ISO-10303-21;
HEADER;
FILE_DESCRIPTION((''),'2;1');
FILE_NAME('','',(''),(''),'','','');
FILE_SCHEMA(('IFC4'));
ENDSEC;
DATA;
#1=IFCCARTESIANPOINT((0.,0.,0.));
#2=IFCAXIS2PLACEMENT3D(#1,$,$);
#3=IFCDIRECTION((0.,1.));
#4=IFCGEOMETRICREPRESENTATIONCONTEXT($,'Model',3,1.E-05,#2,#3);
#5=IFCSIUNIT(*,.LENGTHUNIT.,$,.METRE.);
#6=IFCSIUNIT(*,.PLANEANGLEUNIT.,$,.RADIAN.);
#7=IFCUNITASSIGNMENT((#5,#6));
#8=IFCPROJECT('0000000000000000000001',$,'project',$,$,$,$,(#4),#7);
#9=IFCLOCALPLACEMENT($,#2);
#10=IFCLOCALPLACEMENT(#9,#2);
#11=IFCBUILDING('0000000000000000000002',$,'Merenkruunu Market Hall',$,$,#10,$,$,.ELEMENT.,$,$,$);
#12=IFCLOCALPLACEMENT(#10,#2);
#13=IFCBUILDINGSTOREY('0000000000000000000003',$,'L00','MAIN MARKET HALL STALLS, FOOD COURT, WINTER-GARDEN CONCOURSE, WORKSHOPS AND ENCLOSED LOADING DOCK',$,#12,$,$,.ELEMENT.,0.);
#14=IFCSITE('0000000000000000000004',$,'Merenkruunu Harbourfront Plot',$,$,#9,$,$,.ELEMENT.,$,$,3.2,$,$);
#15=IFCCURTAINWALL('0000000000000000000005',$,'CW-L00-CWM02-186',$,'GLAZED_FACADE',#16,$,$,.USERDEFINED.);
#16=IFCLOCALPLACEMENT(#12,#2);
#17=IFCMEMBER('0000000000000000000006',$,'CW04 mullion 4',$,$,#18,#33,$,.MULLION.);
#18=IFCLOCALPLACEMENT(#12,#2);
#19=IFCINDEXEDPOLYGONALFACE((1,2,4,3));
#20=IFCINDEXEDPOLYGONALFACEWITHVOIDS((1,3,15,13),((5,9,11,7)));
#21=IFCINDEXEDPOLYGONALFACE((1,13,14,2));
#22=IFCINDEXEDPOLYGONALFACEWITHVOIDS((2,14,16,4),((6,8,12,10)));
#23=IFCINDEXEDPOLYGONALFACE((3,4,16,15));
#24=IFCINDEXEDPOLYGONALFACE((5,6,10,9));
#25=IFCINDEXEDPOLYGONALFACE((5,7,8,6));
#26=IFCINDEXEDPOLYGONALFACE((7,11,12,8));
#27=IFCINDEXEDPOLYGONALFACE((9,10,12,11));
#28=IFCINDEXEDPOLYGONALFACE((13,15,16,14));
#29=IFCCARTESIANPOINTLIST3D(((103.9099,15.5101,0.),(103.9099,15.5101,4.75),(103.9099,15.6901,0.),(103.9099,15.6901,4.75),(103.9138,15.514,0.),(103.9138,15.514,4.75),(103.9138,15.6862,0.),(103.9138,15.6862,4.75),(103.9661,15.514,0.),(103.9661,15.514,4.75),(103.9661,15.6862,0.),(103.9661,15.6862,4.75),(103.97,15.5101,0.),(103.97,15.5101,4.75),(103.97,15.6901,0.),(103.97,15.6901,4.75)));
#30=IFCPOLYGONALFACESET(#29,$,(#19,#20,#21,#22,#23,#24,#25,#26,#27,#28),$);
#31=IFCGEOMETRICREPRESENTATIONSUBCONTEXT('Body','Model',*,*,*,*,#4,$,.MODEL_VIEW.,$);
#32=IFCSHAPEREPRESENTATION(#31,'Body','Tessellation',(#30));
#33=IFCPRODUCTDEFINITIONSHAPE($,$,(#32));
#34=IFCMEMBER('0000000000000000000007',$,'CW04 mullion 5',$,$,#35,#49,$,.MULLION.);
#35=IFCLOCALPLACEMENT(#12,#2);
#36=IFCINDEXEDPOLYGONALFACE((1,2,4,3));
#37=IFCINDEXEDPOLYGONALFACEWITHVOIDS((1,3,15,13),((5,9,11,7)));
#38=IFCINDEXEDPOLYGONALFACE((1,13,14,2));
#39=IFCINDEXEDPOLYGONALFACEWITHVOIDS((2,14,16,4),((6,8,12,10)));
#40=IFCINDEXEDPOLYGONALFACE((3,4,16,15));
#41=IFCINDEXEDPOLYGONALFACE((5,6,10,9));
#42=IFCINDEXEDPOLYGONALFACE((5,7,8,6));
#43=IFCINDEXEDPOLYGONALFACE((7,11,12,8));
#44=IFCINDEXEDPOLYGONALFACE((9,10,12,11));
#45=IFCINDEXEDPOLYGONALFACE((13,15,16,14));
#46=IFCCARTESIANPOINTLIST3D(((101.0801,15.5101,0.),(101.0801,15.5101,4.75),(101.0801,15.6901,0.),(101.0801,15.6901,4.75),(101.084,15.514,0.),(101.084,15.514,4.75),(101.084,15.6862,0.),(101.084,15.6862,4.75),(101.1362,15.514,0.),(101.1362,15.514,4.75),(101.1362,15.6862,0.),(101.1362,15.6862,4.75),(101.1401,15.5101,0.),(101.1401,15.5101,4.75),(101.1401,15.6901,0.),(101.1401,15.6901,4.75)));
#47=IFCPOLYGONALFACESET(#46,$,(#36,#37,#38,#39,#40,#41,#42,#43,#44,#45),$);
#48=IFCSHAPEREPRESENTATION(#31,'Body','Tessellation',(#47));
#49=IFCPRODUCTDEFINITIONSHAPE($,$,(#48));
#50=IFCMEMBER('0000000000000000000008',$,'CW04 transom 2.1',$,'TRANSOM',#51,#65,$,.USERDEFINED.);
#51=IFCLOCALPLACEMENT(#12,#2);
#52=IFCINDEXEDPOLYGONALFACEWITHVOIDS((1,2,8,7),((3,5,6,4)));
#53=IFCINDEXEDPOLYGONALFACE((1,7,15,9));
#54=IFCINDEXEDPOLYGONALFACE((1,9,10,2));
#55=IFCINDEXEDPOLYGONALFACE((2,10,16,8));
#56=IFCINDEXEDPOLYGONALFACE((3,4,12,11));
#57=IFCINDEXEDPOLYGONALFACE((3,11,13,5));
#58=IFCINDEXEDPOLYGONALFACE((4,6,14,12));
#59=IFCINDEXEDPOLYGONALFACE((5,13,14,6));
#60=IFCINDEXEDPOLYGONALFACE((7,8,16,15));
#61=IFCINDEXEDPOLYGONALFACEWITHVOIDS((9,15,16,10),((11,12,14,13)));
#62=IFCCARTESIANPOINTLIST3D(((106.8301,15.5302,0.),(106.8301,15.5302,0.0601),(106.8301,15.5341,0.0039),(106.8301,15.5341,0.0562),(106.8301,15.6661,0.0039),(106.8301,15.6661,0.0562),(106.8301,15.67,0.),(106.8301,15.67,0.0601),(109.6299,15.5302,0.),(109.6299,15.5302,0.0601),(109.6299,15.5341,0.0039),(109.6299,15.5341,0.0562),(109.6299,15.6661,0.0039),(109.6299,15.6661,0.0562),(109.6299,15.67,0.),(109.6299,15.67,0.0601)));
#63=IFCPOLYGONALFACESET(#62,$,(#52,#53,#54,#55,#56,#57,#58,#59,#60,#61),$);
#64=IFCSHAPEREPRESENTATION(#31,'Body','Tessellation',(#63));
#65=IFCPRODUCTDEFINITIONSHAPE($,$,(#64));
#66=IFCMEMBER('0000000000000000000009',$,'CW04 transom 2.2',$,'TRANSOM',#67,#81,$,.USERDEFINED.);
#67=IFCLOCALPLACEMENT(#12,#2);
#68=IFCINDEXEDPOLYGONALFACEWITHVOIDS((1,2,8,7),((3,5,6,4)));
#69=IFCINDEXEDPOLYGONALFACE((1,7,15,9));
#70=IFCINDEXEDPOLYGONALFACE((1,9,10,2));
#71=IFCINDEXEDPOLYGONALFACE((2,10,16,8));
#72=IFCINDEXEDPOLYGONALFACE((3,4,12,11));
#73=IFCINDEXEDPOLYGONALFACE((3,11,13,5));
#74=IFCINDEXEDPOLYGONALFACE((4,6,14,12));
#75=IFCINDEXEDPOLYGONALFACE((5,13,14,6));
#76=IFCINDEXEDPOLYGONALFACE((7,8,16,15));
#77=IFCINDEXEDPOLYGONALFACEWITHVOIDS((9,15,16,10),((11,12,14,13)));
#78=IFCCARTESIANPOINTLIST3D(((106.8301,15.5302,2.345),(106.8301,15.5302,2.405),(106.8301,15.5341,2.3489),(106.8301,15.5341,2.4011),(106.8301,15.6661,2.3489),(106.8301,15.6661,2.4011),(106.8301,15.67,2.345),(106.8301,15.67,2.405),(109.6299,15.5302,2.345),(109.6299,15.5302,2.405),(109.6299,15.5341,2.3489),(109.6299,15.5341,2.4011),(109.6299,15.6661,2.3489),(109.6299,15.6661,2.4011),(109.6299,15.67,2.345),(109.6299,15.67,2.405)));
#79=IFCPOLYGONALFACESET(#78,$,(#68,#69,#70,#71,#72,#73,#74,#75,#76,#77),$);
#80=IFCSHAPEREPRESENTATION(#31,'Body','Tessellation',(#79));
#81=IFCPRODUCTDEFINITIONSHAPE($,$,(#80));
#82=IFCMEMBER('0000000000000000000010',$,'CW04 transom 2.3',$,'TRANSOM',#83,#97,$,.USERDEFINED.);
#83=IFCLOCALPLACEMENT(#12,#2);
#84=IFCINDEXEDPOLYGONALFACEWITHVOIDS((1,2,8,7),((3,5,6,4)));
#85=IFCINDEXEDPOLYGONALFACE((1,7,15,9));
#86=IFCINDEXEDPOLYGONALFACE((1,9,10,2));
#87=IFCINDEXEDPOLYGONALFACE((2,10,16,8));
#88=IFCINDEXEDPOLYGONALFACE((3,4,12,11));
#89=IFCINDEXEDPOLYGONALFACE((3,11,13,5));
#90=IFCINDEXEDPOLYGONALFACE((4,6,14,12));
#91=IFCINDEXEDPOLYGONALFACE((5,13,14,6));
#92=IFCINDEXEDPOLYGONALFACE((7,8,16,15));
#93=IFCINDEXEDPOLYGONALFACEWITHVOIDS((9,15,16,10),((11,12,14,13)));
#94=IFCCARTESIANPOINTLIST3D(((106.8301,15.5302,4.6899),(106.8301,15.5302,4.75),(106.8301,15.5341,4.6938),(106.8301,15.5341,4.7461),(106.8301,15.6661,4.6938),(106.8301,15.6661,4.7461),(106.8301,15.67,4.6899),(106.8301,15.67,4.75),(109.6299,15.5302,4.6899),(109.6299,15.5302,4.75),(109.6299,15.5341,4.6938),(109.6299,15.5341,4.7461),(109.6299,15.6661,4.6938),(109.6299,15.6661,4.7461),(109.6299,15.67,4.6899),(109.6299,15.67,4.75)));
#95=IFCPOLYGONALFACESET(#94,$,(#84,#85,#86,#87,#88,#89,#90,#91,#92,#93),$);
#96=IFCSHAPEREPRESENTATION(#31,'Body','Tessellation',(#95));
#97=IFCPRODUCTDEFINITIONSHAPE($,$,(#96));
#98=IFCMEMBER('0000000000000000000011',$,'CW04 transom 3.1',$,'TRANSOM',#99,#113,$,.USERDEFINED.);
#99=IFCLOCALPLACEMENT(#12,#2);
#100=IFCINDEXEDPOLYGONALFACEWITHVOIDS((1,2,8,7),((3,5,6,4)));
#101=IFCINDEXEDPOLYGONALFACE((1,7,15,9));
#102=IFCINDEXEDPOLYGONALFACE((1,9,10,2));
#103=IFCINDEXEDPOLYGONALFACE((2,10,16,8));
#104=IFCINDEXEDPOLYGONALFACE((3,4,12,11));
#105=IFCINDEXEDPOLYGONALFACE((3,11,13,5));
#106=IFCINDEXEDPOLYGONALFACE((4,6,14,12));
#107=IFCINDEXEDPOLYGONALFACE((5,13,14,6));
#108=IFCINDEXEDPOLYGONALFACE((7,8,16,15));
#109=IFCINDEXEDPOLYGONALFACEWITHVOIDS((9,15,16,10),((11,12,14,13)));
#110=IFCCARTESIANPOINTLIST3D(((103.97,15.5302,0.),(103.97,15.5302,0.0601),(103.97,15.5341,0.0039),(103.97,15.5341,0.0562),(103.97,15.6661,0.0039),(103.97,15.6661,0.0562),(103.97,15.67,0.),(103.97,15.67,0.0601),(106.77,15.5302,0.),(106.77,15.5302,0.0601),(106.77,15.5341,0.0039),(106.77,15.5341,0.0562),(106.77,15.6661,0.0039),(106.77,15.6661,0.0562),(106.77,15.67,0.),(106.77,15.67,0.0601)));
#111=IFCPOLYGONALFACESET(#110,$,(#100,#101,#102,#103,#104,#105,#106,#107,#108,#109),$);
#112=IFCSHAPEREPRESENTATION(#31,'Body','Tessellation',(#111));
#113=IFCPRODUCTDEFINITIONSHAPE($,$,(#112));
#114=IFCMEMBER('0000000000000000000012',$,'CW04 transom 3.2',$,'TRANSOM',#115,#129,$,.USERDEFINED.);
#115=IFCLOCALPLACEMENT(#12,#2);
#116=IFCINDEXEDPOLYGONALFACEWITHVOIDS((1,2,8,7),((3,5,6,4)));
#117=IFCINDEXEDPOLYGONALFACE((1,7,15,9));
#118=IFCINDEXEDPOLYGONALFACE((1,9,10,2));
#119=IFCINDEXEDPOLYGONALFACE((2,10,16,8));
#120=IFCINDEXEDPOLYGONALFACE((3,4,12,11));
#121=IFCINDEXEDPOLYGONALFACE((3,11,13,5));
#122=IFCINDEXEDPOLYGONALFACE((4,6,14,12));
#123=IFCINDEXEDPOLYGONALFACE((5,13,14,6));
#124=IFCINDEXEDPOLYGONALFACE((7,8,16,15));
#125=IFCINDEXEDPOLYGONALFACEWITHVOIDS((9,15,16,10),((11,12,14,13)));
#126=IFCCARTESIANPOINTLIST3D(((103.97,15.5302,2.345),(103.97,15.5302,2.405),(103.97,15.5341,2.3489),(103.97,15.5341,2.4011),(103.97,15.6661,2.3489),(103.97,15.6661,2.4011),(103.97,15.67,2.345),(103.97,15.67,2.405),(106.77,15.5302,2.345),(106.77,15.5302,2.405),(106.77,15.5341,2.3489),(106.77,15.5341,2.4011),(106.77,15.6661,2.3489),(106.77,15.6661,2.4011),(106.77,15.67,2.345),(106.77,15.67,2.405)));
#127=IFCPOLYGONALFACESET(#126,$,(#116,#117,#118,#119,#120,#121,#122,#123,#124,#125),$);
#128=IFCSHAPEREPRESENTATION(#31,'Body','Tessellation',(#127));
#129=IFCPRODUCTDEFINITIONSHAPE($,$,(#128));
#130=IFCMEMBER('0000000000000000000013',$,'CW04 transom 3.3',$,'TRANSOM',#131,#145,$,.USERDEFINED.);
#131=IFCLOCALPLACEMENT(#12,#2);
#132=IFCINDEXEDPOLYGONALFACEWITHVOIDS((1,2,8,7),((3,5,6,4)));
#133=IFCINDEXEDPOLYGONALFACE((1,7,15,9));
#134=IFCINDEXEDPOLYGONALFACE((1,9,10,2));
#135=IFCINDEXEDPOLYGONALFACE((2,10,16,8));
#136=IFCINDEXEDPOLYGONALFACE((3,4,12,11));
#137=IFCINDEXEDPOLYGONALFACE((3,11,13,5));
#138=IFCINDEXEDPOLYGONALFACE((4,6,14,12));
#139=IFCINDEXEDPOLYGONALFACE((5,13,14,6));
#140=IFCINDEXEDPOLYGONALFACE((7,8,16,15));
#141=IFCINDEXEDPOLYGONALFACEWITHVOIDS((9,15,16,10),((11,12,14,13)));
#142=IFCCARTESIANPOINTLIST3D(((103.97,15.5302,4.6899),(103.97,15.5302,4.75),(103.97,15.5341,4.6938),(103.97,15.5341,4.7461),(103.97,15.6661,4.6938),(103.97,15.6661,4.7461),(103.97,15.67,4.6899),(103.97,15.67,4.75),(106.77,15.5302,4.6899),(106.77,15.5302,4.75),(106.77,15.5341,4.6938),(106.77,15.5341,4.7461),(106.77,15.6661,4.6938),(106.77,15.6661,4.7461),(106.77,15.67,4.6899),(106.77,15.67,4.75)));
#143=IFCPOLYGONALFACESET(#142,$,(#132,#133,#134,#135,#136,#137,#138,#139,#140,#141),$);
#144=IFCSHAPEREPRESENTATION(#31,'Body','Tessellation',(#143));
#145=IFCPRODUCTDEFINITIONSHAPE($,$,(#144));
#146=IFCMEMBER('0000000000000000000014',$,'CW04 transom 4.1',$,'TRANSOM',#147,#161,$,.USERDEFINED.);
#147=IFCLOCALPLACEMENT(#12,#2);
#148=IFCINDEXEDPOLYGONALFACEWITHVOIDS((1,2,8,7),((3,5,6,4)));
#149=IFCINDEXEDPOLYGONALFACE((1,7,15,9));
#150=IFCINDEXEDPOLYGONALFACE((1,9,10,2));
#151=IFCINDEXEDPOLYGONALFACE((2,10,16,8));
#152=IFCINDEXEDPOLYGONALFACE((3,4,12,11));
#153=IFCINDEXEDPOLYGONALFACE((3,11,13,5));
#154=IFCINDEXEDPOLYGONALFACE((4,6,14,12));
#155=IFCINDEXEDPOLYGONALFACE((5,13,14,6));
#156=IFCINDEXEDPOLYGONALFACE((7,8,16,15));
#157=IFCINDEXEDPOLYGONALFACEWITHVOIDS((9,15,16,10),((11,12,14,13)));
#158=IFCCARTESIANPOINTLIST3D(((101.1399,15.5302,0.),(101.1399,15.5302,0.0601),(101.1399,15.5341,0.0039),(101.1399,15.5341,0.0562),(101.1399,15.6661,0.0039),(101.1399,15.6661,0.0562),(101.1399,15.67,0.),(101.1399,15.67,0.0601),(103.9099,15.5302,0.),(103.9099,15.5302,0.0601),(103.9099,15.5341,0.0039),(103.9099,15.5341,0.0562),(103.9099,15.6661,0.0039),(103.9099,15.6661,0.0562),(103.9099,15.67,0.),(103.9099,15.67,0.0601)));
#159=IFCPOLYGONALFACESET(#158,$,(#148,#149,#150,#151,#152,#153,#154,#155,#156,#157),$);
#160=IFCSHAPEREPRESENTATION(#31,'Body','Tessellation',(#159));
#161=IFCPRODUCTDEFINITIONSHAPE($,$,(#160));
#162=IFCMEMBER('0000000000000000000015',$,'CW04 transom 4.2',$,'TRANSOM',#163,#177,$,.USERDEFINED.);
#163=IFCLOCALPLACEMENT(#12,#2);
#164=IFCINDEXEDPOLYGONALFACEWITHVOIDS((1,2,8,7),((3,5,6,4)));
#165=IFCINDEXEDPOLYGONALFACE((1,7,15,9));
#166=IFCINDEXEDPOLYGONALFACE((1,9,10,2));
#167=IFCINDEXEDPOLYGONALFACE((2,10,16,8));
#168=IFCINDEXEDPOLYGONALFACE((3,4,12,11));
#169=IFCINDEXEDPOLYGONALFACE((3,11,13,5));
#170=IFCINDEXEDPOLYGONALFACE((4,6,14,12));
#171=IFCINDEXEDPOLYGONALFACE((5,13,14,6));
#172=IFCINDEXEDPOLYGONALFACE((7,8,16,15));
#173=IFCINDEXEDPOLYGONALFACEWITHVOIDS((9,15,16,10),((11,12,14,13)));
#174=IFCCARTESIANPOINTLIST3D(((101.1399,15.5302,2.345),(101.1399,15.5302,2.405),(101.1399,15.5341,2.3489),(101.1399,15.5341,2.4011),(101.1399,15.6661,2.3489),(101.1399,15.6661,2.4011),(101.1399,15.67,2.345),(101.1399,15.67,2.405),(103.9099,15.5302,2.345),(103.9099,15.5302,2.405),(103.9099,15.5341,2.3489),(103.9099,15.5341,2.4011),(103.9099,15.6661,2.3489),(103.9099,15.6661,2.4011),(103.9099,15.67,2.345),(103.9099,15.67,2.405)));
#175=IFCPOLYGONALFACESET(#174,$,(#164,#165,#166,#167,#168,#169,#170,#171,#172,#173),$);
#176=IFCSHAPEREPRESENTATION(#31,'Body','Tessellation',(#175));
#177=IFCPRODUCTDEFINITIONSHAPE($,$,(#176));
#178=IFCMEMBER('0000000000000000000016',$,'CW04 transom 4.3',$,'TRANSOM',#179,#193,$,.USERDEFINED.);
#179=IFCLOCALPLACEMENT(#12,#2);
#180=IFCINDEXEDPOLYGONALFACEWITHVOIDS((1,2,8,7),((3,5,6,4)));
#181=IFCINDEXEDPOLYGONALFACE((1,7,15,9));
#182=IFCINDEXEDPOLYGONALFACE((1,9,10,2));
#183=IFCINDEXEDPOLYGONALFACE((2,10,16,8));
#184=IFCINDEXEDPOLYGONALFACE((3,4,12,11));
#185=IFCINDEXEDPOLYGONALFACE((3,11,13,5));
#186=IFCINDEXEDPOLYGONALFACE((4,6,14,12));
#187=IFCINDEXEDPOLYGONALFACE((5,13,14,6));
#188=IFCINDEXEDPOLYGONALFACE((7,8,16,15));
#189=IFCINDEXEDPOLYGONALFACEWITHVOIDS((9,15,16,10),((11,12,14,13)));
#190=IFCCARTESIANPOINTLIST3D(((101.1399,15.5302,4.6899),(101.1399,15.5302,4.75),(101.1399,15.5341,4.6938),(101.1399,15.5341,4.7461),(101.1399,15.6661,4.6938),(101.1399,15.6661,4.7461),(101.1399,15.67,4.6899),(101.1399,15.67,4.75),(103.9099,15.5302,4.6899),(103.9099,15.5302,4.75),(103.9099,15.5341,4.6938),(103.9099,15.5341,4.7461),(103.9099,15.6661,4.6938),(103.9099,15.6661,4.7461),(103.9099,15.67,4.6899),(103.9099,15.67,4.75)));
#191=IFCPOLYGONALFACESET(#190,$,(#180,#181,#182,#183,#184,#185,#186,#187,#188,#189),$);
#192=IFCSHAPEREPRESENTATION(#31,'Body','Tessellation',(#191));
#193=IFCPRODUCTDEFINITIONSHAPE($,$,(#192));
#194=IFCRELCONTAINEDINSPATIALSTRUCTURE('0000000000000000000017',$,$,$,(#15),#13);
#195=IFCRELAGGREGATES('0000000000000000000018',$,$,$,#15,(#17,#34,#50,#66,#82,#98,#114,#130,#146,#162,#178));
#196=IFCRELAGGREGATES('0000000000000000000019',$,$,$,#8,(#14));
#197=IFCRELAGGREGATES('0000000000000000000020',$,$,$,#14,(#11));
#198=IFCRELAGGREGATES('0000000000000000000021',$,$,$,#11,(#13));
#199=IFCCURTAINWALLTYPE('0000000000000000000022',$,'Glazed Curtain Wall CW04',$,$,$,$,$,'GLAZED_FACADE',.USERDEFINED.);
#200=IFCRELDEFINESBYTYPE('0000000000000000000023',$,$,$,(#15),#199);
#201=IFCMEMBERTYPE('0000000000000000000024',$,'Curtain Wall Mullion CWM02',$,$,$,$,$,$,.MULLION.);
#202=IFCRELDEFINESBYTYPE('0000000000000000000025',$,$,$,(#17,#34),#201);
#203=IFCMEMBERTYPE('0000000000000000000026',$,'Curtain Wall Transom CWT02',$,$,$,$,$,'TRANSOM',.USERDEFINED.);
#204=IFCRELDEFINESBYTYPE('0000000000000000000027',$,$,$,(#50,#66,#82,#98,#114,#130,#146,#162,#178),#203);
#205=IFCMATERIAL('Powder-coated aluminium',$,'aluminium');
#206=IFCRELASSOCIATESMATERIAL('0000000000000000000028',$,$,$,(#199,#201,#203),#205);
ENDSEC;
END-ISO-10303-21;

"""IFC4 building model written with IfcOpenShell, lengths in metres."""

from ifc_helpers import new_model, si_unit, direction, frame, origin, origin_2d, place, context, subcontext, project, spatial, hollow_rectangle, extrude, material, material_profile, profile_set, type_object, element, aggregate, save


model = new_model("IFC4")

# Units and contexts
model_context = context("Model", 3, precision=1e-05, world=origin(), true_north=direction((0.0, 1.0)))
body_context = subcontext(model_context, "Body", "Model", "MODEL_VIEW")
ifc_project = project(units=[si_unit("LENGTHUNIT", "METRE"), si_unit("PLANEANGLEUNIT", "RADIAN")], contexts=[model_context])

# Site, building, storey
site_placement = place(None, origin())
site = spatial("IfcSite", under=ifc_project, at=site_placement, Name="Merenkruunu Harbourfront Plot", CompositionType="ELEMENT", RefElevation=3.2)
building_placement = place(site_placement, origin())
building = spatial("IfcBuilding", under=site, at=building_placement, Name="Merenkruunu Market Hall", CompositionType="ELEMENT")
storey_placement = place(building_placement, origin())
storey = spatial("IfcBuildingStorey", under=building, at=storey_placement, Name="L00", Description="MAIN MARKET HALL STALLS, FOOD COURT, WINTER-GARDEN CONCOURSE, WORKSHOPS AND ENCLOSED LOADING DOCK", CompositionType="ELEMENT", Elevation=0.0)

# Curtain wall, members
ifc_material_1 = material(Name="Powder-coated aluminium", Category="aluminium")
curtain_wall_type = type_object("IfcCurtainWallType", Name="Glazed Curtain Wall CW04", ElementType="GLAZED_FACADE", PredefinedType="USERDEFINED", material=ifc_material_1)
curtain_wall_placement = place(storey_placement, origin())
curtain_wall = element("IfcCurtainWall", 1, at=curtain_wall_placement, inside=storey, type_object=curtain_wall_type, Name="CW-L00-CWM02-186", ObjectType="GLAZED_FACADE", PredefinedType="USERDEFINED")
ifc_material_profile_1 = material_profile(ifc_material_1, hollow_rectangle(XDim=0.0601, YDim=0.1799, WallThickness=0.0039, at=origin_2d()), Name="ALU 60x180x4")
ifc_profile_set_1 = profile_set([ifc_material_profile_1], Name="Powder-coated aluminium")
member_type_1 = type_object("IfcMemberType", Name="Curtain Wall Mullion CWM02", PredefinedType="MULLION", material=ifc_profile_set_1)
member_1_placement = place(storey_placement, frame((103.9399, 15.6001, 0.0), z_axis=(0.0, 0.0, 1.0), x_axis=(-1.0, 0.0, 0.0)))
member_1 = element("IfcMember", 2, at=member_1_placement, type_object=member_type_1, Name="CW04 mullion 4", PredefinedType="MULLION", context=body_context, shape_type="SweptSolid", body=[
    extrude(hollow_rectangle(XDim=0.0601, YDim=0.1799, WallThickness=0.0039, at=origin_2d()), origin(), (0.0, 0.0, 1.0), 4.75),
])
member_2_placement = place(storey_placement, frame((101.1101, 15.6001, 0.0), z_axis=(0.0, 0.0, 1.0), x_axis=(-1.0, 0.0, 0.0)))
member_2 = element("IfcMember", 3, at=member_2_placement, type_object=member_type_1, Name="CW04 mullion 5", PredefinedType="MULLION", context=body_context, shape_type="SweptSolid", body=[
    extrude(hollow_rectangle(XDim=0.0601, YDim=0.1799, WallThickness=0.0039, at=origin_2d()), origin(), (0.0, 0.0, 1.0), 4.75),
])
ifc_material_profile_2 = material_profile(ifc_material_1, hollow_rectangle(XDim=0.0601, YDim=0.1399, WallThickness=0.0039, at=origin_2d()), Name="ALU 60x140x4")
ifc_profile_set_2 = profile_set([ifc_material_profile_2], Name="Powder-coated aluminium")
member_type_2 = type_object("IfcMemberType", Name="Curtain Wall Transom CWT02", ElementType="TRANSOM", PredefinedType="USERDEFINED", material=ifc_profile_set_2)
member_3_placement = place(storey_placement, frame((109.6299, 15.6001, 0.03), z_axis=(-1.0, 0.0, 0.0), x_axis=(0.0, 0.0, 1.0)))
member_3 = element("IfcMember", 4, at=member_3_placement, type_object=member_type_2, Name="CW04 transom 2.1", ObjectType="TRANSOM", PredefinedType="USERDEFINED", context=body_context, shape_type="SweptSolid", body=[
    extrude(hollow_rectangle(XDim=0.0601, YDim=0.1399, WallThickness=0.0039, at=origin_2d()), origin(), (0.0, 0.0, 1.0), 2.7998),
])
member_4_placement = place(storey_placement, frame((109.6299, 15.6001, 2.375), z_axis=(-1.0, 0.0, 0.0), x_axis=(0.0, 0.0, 1.0)))
member_4 = element("IfcMember", 5, at=member_4_placement, type_object=member_type_2, Name="CW04 transom 2.2", ObjectType="TRANSOM", PredefinedType="USERDEFINED", context=body_context, shape_type="SweptSolid", body=[
    extrude(hollow_rectangle(XDim=0.0601, YDim=0.1399, WallThickness=0.0039, at=origin_2d()), origin(), (0.0, 0.0, 1.0), 2.7998),
])
member_5_placement = place(storey_placement, frame((109.6299, 15.6001, 4.72), z_axis=(-1.0, 0.0, 0.0), x_axis=(0.0, 0.0, 1.0)))
member_5 = element("IfcMember", 6, at=member_5_placement, type_object=member_type_2, Name="CW04 transom 2.3", ObjectType="TRANSOM", PredefinedType="USERDEFINED", context=body_context, shape_type="SweptSolid", body=[
    extrude(hollow_rectangle(XDim=0.0601, YDim=0.1399, WallThickness=0.0039, at=origin_2d()), origin(), (0.0, 0.0, 1.0), 2.7998),
])
member_6_placement = place(storey_placement, frame((106.77, 15.6001, 0.03), z_axis=(-1.0, 0.0, 0.0), x_axis=(0.0, 0.0, 1.0)))
member_6 = element("IfcMember", 7, at=member_6_placement, type_object=member_type_2, Name="CW04 transom 3.1", ObjectType="TRANSOM", PredefinedType="USERDEFINED", context=body_context, shape_type="SweptSolid", body=[
    extrude(hollow_rectangle(XDim=0.0601, YDim=0.1399, WallThickness=0.0039, at=origin_2d()), origin(), (0.0, 0.0, 1.0), 2.8),
])
member_7_placement = place(storey_placement, frame((106.77, 15.6001, 2.375), z_axis=(-1.0, 0.0, 0.0), x_axis=(0.0, 0.0, 1.0)))
member_7 = element("IfcMember", 8, at=member_7_placement, type_object=member_type_2, Name="CW04 transom 3.2", ObjectType="TRANSOM", PredefinedType="USERDEFINED", context=body_context, shape_type="SweptSolid", body=[
    extrude(hollow_rectangle(XDim=0.0601, YDim=0.1399, WallThickness=0.0039, at=origin_2d()), origin(), (0.0, 0.0, 1.0), 2.8),
])
member_8_placement = place(storey_placement, frame((106.77, 15.6001, 4.72), z_axis=(-1.0, 0.0, 0.0), x_axis=(0.0, 0.0, 1.0)))
member_8 = element("IfcMember", 9, at=member_8_placement, type_object=member_type_2, Name="CW04 transom 3.3", ObjectType="TRANSOM", PredefinedType="USERDEFINED", context=body_context, shape_type="SweptSolid", body=[
    extrude(hollow_rectangle(XDim=0.0601, YDim=0.1399, WallThickness=0.0039, at=origin_2d()), origin(), (0.0, 0.0, 1.0), 2.8),
])
member_9_placement = place(storey_placement, frame((103.9099, 15.6001, 0.03), z_axis=(-1.0, 0.0, 0.0), x_axis=(0.0, 0.0, 1.0)))
member_9 = element("IfcMember", 10, at=member_9_placement, type_object=member_type_2, Name="CW04 transom 4.1", ObjectType="TRANSOM", PredefinedType="USERDEFINED", context=body_context, shape_type="SweptSolid", body=[
    extrude(hollow_rectangle(XDim=0.0601, YDim=0.1399, WallThickness=0.0039, at=origin_2d()), origin(), (0.0, 0.0, 1.0), 2.77),
])
member_10_placement = place(storey_placement, frame((103.9099, 15.6001, 2.375), z_axis=(-1.0, 0.0, 0.0), x_axis=(0.0, 0.0, 1.0)))
member_10 = element("IfcMember", 11, at=member_10_placement, type_object=member_type_2, Name="CW04 transom 4.2", ObjectType="TRANSOM", PredefinedType="USERDEFINED", context=body_context, shape_type="SweptSolid", body=[
    extrude(hollow_rectangle(XDim=0.0601, YDim=0.1399, WallThickness=0.0039, at=origin_2d()), origin(), (0.0, 0.0, 1.0), 2.77),
])
member_11_placement = place(storey_placement, frame((103.9099, 15.6001, 4.72), z_axis=(-1.0, 0.0, 0.0), x_axis=(0.0, 0.0, 1.0)))
member_11 = element("IfcMember", 12, at=member_11_placement, type_object=member_type_2, Name="CW04 transom 4.3", ObjectType="TRANSOM", PredefinedType="USERDEFINED", context=body_context, shape_type="SweptSolid", body=[
    extrude(hollow_rectangle(XDim=0.0601, YDim=0.1399, WallThickness=0.0039, at=origin_2d()), origin(), (0.0, 0.0, 1.0), 2.77),
])

aggregate(curtain_wall, [member_1, member_2, member_3, member_4, member_5, member_6, member_7, member_8, member_9, member_10, member_11])

save(model, "model.ifc")
